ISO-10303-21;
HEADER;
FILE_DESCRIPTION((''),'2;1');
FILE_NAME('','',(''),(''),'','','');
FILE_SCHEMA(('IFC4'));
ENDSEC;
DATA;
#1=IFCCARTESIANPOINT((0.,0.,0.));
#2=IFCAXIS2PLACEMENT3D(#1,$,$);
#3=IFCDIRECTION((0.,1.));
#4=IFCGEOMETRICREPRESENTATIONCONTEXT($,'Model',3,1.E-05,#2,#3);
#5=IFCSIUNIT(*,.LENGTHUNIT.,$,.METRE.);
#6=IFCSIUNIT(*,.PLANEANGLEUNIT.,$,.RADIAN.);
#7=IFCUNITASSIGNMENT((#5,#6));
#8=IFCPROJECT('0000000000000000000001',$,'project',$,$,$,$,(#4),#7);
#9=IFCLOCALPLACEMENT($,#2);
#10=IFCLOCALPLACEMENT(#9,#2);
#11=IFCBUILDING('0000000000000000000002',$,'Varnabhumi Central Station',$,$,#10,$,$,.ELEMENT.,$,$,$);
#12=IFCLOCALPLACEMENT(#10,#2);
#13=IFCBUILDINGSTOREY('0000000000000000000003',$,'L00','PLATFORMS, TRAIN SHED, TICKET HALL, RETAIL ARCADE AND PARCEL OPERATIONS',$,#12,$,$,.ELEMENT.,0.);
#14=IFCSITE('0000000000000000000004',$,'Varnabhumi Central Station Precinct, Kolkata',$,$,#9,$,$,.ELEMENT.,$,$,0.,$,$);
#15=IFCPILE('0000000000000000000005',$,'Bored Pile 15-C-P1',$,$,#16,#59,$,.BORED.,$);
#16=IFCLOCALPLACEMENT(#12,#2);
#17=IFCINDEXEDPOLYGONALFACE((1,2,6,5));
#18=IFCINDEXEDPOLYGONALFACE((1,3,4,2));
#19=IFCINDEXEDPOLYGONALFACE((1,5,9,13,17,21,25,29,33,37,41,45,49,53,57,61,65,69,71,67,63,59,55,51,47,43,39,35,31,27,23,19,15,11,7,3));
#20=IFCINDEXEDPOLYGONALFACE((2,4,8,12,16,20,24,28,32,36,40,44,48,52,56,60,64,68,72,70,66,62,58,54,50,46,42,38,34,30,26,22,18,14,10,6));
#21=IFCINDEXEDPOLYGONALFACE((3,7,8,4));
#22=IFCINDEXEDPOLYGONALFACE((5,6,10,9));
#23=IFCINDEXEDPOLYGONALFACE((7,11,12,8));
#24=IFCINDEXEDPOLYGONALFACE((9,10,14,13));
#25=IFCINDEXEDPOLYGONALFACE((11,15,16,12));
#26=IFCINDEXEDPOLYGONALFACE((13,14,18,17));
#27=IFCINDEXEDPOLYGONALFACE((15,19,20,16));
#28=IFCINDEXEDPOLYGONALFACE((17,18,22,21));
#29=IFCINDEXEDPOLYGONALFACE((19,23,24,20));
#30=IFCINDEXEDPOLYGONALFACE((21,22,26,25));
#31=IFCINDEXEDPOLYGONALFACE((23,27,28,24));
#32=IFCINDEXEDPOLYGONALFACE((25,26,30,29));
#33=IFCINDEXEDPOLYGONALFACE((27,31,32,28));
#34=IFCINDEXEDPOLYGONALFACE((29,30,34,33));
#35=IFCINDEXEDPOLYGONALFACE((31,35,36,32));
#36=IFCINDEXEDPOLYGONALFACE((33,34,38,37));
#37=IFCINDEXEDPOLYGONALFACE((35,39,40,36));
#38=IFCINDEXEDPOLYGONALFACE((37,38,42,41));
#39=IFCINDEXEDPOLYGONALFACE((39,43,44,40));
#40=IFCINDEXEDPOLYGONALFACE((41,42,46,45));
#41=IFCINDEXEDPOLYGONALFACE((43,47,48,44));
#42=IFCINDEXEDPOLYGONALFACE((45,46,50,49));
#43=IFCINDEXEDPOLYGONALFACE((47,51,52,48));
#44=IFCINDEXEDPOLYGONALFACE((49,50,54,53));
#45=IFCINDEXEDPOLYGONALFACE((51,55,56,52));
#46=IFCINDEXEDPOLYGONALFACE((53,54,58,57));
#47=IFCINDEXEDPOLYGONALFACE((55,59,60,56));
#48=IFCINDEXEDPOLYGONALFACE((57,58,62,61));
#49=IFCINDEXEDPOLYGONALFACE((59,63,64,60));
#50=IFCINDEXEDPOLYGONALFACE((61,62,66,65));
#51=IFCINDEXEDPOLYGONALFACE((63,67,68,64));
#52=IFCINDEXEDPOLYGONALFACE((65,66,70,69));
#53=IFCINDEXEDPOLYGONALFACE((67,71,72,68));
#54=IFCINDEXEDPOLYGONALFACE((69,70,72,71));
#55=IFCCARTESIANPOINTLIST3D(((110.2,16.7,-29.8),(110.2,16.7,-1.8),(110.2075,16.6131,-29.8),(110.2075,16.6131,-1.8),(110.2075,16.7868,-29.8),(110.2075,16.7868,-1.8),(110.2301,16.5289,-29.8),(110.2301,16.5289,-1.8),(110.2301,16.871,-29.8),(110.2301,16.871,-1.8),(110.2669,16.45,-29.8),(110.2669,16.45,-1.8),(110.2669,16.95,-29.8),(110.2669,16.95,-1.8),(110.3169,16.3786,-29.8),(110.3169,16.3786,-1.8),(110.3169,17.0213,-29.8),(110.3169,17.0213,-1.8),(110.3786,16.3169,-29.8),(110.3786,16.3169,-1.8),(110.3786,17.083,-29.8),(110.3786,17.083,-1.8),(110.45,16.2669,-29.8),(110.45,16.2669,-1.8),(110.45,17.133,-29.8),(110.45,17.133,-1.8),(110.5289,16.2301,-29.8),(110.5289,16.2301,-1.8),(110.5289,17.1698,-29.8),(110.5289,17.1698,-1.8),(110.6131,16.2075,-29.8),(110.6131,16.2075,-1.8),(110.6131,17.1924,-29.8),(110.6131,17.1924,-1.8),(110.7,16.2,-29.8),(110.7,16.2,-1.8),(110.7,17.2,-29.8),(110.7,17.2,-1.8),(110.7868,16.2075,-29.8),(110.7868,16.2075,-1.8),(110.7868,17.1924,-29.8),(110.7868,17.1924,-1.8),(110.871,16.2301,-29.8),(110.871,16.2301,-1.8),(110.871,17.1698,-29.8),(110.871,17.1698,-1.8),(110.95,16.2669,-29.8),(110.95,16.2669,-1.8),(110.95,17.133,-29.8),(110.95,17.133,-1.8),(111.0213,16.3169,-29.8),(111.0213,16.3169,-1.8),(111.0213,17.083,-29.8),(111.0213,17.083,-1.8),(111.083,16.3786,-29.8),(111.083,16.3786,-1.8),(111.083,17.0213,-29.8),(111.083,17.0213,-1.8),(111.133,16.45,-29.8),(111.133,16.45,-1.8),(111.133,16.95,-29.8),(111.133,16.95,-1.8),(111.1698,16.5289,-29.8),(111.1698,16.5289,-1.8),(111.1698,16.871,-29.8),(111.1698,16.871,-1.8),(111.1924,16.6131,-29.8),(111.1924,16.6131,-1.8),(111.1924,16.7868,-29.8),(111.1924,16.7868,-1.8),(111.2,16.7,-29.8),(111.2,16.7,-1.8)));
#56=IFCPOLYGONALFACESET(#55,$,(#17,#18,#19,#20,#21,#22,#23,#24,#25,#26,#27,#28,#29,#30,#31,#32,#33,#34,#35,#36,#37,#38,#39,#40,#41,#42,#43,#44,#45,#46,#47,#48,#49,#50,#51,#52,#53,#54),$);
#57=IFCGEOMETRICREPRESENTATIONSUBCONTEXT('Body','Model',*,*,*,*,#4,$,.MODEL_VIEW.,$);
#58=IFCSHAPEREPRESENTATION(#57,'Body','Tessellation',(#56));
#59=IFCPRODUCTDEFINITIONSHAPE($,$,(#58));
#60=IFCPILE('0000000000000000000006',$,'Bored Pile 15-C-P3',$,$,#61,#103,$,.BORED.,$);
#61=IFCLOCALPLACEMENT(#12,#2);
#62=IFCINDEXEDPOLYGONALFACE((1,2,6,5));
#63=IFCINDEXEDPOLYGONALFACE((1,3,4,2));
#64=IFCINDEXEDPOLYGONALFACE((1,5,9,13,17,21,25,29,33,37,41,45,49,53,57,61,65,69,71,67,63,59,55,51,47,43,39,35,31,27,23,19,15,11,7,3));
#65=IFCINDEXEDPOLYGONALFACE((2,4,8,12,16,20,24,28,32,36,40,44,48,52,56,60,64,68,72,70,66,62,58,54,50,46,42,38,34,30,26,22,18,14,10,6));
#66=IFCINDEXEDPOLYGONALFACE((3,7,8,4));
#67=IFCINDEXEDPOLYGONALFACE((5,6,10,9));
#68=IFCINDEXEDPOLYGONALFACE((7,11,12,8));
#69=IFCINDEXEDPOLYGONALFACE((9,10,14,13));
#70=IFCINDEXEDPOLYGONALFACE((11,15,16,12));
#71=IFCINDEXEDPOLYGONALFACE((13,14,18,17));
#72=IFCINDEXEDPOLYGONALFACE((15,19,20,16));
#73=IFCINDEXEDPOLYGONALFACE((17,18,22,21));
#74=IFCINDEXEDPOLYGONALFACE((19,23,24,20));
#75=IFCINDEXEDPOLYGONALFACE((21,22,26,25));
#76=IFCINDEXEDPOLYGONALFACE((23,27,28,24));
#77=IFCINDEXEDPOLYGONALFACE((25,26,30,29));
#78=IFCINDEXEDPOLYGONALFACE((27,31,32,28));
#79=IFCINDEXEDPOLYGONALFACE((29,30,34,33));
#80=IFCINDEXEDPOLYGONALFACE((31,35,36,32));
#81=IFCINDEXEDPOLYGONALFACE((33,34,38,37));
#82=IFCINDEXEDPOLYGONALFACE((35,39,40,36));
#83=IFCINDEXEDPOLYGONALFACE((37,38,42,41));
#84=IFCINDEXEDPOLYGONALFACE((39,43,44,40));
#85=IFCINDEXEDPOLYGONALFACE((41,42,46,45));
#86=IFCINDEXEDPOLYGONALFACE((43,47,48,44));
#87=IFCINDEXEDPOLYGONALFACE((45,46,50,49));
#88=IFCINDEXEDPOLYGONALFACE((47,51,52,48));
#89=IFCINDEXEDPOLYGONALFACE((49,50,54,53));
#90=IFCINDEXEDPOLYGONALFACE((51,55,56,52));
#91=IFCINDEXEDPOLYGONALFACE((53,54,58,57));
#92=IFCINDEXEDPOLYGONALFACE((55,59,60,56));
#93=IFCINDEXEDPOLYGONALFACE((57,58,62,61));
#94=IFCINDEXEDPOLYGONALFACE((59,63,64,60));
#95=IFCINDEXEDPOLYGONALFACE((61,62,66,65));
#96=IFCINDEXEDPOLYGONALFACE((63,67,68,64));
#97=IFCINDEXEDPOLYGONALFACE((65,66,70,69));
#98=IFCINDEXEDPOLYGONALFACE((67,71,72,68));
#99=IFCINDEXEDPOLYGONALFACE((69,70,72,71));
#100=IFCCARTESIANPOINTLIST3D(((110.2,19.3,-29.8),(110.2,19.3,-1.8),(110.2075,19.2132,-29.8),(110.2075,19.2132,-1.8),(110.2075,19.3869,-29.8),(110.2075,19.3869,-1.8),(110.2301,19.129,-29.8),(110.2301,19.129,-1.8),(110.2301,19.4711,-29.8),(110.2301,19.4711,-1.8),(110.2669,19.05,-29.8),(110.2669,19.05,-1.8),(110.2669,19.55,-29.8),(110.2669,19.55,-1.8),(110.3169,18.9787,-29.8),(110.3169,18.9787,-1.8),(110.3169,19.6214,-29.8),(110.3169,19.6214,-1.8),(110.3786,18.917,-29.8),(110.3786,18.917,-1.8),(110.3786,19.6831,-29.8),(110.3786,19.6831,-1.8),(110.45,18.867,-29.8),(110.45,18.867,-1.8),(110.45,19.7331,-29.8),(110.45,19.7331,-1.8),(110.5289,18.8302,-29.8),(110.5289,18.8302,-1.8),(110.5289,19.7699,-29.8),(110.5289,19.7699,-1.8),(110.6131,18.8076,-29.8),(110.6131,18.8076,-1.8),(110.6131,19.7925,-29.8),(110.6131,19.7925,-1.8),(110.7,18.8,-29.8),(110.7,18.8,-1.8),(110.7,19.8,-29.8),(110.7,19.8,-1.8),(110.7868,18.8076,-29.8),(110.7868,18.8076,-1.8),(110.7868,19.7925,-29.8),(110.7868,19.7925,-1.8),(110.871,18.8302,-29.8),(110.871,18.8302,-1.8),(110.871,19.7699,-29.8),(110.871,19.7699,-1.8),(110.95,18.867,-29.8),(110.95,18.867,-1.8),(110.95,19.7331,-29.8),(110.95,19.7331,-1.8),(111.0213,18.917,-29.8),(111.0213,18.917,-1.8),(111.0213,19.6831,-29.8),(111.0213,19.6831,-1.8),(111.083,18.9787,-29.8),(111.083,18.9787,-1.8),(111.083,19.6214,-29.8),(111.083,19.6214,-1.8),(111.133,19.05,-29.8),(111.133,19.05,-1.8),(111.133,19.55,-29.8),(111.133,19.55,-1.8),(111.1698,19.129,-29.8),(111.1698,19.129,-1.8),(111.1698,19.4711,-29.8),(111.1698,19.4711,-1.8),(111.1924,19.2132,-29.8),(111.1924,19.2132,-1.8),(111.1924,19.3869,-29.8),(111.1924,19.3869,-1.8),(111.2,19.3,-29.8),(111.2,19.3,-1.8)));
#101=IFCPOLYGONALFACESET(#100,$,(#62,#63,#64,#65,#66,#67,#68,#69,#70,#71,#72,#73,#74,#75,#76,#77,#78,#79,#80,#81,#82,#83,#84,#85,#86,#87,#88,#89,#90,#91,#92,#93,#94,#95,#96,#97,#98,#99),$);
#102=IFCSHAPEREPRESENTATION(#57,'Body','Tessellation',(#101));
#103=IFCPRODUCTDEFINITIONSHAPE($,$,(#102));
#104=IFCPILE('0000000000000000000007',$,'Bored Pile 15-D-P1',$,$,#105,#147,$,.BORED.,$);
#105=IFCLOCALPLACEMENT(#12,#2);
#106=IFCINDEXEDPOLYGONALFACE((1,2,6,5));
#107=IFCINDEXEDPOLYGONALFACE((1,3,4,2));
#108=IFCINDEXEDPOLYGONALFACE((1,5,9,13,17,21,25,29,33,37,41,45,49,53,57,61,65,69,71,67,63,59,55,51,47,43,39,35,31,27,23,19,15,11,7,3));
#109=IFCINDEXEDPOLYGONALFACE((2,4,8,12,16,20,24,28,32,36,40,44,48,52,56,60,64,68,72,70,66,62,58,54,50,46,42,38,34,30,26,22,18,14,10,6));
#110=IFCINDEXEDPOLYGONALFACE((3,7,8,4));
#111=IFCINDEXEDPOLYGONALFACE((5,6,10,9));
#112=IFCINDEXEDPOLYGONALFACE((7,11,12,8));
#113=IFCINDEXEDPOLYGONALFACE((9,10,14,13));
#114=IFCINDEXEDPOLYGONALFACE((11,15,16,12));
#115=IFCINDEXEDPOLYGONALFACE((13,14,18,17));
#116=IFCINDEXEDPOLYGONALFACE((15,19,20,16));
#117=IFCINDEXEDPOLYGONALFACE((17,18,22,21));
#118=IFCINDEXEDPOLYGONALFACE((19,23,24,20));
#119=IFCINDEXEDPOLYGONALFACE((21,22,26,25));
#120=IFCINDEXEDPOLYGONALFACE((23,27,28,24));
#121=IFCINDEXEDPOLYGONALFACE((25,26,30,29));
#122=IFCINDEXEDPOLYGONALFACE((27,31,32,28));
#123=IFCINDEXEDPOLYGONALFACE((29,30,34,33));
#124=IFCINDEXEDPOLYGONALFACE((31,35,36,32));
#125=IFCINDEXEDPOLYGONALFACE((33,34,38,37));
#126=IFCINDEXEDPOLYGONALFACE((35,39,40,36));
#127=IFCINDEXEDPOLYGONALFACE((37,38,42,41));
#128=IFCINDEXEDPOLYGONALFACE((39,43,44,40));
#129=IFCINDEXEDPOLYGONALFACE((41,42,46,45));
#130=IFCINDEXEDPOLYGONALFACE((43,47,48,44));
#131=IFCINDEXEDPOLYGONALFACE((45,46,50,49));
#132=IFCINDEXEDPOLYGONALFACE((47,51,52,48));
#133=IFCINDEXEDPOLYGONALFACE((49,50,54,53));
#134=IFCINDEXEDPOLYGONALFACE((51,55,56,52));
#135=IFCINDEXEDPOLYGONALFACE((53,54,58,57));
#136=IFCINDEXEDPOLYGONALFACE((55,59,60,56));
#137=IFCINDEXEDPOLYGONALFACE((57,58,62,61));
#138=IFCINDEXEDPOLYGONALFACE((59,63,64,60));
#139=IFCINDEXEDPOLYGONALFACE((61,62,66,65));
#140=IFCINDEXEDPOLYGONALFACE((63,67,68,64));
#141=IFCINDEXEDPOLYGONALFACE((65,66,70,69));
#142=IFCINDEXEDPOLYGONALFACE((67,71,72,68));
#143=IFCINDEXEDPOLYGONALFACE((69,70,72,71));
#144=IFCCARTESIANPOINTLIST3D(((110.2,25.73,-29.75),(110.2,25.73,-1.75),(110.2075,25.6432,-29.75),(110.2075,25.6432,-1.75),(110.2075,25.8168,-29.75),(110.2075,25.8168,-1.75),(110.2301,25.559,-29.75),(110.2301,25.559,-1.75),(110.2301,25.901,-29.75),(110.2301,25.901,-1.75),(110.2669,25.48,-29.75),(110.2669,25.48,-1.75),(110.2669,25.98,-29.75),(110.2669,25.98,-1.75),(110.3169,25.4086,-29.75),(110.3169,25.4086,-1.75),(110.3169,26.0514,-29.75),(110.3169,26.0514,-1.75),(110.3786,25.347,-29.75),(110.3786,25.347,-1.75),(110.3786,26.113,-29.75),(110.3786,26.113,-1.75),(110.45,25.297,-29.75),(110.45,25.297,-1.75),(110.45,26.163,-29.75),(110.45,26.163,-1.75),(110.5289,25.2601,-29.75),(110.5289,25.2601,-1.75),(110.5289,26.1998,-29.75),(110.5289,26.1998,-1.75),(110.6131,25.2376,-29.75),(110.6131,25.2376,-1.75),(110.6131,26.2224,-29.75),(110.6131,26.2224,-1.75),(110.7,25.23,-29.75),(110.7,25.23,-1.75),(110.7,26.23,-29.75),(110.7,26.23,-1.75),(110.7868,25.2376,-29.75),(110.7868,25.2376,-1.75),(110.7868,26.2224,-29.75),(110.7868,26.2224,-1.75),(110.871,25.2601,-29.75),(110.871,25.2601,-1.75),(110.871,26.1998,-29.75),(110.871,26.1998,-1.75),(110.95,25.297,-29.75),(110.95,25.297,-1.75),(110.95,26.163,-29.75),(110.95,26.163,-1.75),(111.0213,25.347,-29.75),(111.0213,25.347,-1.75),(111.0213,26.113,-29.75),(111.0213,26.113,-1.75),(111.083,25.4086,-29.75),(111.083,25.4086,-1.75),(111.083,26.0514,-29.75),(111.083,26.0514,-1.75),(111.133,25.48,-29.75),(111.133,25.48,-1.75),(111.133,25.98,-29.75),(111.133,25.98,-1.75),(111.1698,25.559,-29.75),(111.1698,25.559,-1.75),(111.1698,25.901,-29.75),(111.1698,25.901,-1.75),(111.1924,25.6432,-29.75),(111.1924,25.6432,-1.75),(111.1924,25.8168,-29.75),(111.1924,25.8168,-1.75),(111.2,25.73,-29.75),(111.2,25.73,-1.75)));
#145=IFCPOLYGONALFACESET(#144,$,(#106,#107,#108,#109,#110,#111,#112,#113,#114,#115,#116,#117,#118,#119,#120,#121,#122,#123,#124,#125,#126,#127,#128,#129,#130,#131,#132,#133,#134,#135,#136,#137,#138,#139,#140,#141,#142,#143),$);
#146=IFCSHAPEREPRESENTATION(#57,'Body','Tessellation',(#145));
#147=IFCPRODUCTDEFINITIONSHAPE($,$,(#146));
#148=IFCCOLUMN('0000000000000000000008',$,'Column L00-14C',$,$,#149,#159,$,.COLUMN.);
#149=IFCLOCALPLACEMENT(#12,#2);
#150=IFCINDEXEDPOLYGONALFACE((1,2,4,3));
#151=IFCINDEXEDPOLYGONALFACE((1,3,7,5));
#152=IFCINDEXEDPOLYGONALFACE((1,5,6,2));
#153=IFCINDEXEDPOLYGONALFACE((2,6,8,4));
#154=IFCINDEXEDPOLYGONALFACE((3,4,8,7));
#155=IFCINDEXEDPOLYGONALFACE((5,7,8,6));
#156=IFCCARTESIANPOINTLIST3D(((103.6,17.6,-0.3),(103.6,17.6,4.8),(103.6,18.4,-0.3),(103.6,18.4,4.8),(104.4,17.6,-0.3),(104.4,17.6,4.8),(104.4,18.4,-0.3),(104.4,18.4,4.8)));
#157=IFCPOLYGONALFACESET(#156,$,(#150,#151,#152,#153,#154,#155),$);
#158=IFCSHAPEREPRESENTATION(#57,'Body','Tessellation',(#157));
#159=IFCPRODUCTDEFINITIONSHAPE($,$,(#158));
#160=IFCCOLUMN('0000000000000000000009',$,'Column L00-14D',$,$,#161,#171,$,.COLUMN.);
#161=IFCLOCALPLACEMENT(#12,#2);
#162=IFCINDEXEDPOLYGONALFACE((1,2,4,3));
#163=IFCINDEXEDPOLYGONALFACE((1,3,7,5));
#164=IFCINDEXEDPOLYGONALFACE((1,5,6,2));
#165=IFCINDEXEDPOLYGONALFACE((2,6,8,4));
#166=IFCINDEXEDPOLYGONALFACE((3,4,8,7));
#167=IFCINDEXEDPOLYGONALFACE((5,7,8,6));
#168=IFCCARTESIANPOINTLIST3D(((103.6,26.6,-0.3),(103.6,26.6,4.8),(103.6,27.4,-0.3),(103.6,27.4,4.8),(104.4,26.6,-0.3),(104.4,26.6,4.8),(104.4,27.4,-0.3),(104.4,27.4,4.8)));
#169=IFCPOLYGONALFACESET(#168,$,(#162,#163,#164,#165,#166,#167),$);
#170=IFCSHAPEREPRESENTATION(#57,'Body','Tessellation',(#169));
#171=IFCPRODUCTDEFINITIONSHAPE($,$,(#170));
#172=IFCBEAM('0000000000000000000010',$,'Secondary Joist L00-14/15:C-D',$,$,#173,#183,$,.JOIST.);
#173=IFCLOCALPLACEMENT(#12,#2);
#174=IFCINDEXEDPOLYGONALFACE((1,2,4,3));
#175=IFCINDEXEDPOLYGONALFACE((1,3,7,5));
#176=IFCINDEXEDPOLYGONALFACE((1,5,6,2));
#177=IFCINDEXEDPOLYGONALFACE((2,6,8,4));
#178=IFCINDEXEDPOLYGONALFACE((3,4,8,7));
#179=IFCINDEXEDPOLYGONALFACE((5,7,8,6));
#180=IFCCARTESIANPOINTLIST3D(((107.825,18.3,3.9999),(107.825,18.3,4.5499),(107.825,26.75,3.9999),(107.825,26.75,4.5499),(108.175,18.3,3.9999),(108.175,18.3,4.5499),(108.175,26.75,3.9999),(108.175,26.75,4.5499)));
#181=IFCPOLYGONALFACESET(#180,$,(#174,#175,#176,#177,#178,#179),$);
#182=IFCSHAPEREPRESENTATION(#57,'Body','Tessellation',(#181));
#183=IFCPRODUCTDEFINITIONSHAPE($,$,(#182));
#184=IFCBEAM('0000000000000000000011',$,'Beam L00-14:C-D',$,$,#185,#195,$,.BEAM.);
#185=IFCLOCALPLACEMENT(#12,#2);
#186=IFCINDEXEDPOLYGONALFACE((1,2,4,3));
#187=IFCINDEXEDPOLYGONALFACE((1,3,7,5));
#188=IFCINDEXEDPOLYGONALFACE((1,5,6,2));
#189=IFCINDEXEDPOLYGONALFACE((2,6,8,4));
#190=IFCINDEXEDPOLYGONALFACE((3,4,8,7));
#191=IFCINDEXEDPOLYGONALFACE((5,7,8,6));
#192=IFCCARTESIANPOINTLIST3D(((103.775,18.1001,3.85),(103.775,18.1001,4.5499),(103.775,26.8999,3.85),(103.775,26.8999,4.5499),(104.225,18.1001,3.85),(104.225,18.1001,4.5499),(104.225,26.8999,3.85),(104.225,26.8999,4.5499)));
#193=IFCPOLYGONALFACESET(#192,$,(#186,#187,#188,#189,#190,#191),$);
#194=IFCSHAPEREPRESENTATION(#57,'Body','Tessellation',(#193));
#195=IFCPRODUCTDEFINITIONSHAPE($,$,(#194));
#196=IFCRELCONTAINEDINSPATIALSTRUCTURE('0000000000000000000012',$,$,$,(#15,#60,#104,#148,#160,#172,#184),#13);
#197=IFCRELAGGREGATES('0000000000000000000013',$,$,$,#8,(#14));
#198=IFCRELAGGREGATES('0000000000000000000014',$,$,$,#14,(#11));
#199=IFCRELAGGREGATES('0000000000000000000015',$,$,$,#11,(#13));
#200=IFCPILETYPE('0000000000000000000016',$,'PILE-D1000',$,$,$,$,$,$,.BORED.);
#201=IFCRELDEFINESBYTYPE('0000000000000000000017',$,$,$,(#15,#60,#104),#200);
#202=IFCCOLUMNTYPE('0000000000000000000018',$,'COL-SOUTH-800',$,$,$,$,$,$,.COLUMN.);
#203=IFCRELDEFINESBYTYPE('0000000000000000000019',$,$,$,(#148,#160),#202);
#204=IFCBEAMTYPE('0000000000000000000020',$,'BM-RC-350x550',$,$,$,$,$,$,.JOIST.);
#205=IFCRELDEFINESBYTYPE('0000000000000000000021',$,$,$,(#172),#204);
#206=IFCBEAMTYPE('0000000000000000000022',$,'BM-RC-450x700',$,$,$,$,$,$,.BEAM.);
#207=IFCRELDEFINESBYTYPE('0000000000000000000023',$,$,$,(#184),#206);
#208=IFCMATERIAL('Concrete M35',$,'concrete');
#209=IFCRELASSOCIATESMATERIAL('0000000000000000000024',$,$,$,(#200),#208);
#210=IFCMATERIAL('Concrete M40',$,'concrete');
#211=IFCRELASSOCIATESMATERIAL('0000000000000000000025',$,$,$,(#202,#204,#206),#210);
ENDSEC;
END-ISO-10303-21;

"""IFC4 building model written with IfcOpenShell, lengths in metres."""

from ifc_helpers import new_model, si_unit, direction, frame, origin, origin_2d, place, context, subcontext, project, spatial, rectangle, circle, extrude, material, material_profile, profile_set, type_object, element, save


model = new_model("IFC4")

# Units and contexts
model_context = context("Model", 3, precision=1e-05, world=origin(), true_north=direction((0.0, 1.0)))
body_context = subcontext(model_context, "Body", "Model", "MODEL_VIEW")
ifc_project = project(units=[si_unit("LENGTHUNIT", "METRE"), si_unit("PLANEANGLEUNIT", "RADIAN")], contexts=[model_context])

# Site, building, storey
site_placement = place(None, origin())
site = spatial("IfcSite", under=ifc_project, at=site_placement, Name="Varnabhumi Central Station Precinct, Kolkata", CompositionType="ELEMENT", RefElevation=0.0)
building_placement = place(site_placement, origin())
building = spatial("IfcBuilding", under=site, at=building_placement, Name="Varnabhumi Central Station", CompositionType="ELEMENT")
storey_placement = place(building_placement, origin())
storey = spatial("IfcBuildingStorey", under=building, at=storey_placement, Name="L00", Description="PLATFORMS, TRAIN SHED, TICKET HALL, RETAIL ARCADE AND PARCEL OPERATIONS", CompositionType="ELEMENT", Elevation=0.0)

# Shared definitions
ifc_material_1 = material(Name="Concrete M40", Category="concrete")

# Piles
ifc_material_2 = material(Name="Concrete M35", Category="concrete")
ifc_material_profile_1 = material_profile(ifc_material_2, circle(Radius=0.5, at=origin_2d()), Name="Concrete M35", Category="concrete")
ifc_profile_set_1 = profile_set([ifc_material_profile_1], Name="Concrete M35")
pile_type = type_object("IfcPileType", Name="PILE-D1000", PredefinedType="BORED", material=ifc_profile_set_1)
for number, where, z_axis, x_axis, name in (
    (1, (110.7, 16.7, -1.8), (0.0, 0.0, -1.0), (1.0, 0.0, 0.0), "Bored Pile 15-C-P1"),
    (2, (110.7, 19.3, -1.8), (0.0, 0.0, -1.0), (1.0, 0.0, 0.0), "Bored Pile 15-C-P3"),
    (3, (110.7, 25.73, -1.75), (0.0, 0.0, -1.0), (1.0, 0.0, 0.0), "Bored Pile 15-D-P1"),
):
    element("IfcPile", number, at=place(storey_placement, frame(where, z_axis=z_axis, x_axis=x_axis)), inside=storey, type_object=pile_type, Name=name, PredefinedType="BORED", context=body_context, shape_type="SweptSolid", body=[
        extrude(circle(Radius=0.5, at=origin_2d()), origin(), (0.0, 0.0, 1.0), 28.0),
    ])

# Columns
ifc_material_profile_2 = material_profile(ifc_material_1, rectangle(XDim=0.8, YDim=0.8, at=origin_2d()), Name="Concrete M40", Category="concrete")
ifc_profile_set_2 = profile_set([ifc_material_profile_2], Name="Concrete M40")
column_type = type_object("IfcColumnType", Name="COL-SOUTH-800", PredefinedType="COLUMN", material=ifc_profile_set_2)
for number, where, z_axis, x_axis, name in (
    (4, (104.0, 18.0, -0.3), (0.0, 0.0, 1.0), (1.0, 0.0, 0.0), "Column L00-14C"),
    (5, (104.0, 27.0, -0.3), (0.0, 0.0, 1.0), (1.0, 0.0, 0.0), "Column L00-14D"),
):
    element("IfcColumn", number, at=place(storey_placement, frame(where, z_axis=z_axis, x_axis=x_axis)), inside=storey, type_object=column_type, Name=name, PredefinedType="COLUMN", context=body_context, shape_type="SweptSolid", body=[
        extrude(rectangle(XDim=0.8, YDim=0.8, at=origin_2d()), origin(), (0.0, 0.0, 1.0), 5.1001),
    ])

# Beams
ifc_material_profile_3 = material_profile(ifc_material_1, rectangle(XDim=0.3501, YDim=0.55, at=origin_2d()), Name="Concrete M40", Category="concrete")
ifc_profile_set_3 = profile_set([ifc_material_profile_3], Name="Concrete M40")
beam_type_1 = type_object("IfcBeamType", Name="BM-RC-350x550", PredefinedType="JOIST", material=ifc_profile_set_3)
beam_1_placement = place(storey_placement, frame((108.0, 18.3, 4.2749), z_axis=(0.0, 1.0, 0.0), x_axis=(-1.0, 0.0, 0.0)))
element("IfcBeam", 6, at=beam_1_placement, inside=storey, type_object=beam_type_1, Name="Secondary Joist L00-14/15:C-D", PredefinedType="JOIST", context=body_context, shape_type="SweptSolid", body=[
    extrude(rectangle(XDim=0.3501, YDim=0.55, at=origin_2d()), origin(), (0.0, 0.0, 1.0), 8.45),
])
ifc_material_profile_4 = material_profile(ifc_material_1, rectangle(XDim=0.45, YDim=0.7, at=origin_2d()), Name="Concrete M40", Category="concrete")
ifc_profile_set_4 = profile_set([ifc_material_profile_4], Name="Concrete M40")
beam_type_2 = type_object("IfcBeamType", Name="BM-RC-450x700", PredefinedType="BEAM", material=ifc_profile_set_4)
for number, where, z_axis, x_axis, name in (
    (7, (104.0, 18.1001, 4.2), (0.0, 1.0, 0.0), (-1.0, 0.0, 0.0), "Beam L00-14:C-D"),
):
    element("IfcBeam", number, at=place(storey_placement, frame(where, z_axis=z_axis, x_axis=x_axis)), inside=storey, type_object=beam_type_2, Name=name, PredefinedType="BEAM", context=body_context, shape_type="SweptSolid", body=[
        extrude(rectangle(XDim=0.45, YDim=0.7, at=origin_2d()), origin(), (0.0, 0.0, 1.0), 8.7998),
    ])

save(model, "model.ifc")
